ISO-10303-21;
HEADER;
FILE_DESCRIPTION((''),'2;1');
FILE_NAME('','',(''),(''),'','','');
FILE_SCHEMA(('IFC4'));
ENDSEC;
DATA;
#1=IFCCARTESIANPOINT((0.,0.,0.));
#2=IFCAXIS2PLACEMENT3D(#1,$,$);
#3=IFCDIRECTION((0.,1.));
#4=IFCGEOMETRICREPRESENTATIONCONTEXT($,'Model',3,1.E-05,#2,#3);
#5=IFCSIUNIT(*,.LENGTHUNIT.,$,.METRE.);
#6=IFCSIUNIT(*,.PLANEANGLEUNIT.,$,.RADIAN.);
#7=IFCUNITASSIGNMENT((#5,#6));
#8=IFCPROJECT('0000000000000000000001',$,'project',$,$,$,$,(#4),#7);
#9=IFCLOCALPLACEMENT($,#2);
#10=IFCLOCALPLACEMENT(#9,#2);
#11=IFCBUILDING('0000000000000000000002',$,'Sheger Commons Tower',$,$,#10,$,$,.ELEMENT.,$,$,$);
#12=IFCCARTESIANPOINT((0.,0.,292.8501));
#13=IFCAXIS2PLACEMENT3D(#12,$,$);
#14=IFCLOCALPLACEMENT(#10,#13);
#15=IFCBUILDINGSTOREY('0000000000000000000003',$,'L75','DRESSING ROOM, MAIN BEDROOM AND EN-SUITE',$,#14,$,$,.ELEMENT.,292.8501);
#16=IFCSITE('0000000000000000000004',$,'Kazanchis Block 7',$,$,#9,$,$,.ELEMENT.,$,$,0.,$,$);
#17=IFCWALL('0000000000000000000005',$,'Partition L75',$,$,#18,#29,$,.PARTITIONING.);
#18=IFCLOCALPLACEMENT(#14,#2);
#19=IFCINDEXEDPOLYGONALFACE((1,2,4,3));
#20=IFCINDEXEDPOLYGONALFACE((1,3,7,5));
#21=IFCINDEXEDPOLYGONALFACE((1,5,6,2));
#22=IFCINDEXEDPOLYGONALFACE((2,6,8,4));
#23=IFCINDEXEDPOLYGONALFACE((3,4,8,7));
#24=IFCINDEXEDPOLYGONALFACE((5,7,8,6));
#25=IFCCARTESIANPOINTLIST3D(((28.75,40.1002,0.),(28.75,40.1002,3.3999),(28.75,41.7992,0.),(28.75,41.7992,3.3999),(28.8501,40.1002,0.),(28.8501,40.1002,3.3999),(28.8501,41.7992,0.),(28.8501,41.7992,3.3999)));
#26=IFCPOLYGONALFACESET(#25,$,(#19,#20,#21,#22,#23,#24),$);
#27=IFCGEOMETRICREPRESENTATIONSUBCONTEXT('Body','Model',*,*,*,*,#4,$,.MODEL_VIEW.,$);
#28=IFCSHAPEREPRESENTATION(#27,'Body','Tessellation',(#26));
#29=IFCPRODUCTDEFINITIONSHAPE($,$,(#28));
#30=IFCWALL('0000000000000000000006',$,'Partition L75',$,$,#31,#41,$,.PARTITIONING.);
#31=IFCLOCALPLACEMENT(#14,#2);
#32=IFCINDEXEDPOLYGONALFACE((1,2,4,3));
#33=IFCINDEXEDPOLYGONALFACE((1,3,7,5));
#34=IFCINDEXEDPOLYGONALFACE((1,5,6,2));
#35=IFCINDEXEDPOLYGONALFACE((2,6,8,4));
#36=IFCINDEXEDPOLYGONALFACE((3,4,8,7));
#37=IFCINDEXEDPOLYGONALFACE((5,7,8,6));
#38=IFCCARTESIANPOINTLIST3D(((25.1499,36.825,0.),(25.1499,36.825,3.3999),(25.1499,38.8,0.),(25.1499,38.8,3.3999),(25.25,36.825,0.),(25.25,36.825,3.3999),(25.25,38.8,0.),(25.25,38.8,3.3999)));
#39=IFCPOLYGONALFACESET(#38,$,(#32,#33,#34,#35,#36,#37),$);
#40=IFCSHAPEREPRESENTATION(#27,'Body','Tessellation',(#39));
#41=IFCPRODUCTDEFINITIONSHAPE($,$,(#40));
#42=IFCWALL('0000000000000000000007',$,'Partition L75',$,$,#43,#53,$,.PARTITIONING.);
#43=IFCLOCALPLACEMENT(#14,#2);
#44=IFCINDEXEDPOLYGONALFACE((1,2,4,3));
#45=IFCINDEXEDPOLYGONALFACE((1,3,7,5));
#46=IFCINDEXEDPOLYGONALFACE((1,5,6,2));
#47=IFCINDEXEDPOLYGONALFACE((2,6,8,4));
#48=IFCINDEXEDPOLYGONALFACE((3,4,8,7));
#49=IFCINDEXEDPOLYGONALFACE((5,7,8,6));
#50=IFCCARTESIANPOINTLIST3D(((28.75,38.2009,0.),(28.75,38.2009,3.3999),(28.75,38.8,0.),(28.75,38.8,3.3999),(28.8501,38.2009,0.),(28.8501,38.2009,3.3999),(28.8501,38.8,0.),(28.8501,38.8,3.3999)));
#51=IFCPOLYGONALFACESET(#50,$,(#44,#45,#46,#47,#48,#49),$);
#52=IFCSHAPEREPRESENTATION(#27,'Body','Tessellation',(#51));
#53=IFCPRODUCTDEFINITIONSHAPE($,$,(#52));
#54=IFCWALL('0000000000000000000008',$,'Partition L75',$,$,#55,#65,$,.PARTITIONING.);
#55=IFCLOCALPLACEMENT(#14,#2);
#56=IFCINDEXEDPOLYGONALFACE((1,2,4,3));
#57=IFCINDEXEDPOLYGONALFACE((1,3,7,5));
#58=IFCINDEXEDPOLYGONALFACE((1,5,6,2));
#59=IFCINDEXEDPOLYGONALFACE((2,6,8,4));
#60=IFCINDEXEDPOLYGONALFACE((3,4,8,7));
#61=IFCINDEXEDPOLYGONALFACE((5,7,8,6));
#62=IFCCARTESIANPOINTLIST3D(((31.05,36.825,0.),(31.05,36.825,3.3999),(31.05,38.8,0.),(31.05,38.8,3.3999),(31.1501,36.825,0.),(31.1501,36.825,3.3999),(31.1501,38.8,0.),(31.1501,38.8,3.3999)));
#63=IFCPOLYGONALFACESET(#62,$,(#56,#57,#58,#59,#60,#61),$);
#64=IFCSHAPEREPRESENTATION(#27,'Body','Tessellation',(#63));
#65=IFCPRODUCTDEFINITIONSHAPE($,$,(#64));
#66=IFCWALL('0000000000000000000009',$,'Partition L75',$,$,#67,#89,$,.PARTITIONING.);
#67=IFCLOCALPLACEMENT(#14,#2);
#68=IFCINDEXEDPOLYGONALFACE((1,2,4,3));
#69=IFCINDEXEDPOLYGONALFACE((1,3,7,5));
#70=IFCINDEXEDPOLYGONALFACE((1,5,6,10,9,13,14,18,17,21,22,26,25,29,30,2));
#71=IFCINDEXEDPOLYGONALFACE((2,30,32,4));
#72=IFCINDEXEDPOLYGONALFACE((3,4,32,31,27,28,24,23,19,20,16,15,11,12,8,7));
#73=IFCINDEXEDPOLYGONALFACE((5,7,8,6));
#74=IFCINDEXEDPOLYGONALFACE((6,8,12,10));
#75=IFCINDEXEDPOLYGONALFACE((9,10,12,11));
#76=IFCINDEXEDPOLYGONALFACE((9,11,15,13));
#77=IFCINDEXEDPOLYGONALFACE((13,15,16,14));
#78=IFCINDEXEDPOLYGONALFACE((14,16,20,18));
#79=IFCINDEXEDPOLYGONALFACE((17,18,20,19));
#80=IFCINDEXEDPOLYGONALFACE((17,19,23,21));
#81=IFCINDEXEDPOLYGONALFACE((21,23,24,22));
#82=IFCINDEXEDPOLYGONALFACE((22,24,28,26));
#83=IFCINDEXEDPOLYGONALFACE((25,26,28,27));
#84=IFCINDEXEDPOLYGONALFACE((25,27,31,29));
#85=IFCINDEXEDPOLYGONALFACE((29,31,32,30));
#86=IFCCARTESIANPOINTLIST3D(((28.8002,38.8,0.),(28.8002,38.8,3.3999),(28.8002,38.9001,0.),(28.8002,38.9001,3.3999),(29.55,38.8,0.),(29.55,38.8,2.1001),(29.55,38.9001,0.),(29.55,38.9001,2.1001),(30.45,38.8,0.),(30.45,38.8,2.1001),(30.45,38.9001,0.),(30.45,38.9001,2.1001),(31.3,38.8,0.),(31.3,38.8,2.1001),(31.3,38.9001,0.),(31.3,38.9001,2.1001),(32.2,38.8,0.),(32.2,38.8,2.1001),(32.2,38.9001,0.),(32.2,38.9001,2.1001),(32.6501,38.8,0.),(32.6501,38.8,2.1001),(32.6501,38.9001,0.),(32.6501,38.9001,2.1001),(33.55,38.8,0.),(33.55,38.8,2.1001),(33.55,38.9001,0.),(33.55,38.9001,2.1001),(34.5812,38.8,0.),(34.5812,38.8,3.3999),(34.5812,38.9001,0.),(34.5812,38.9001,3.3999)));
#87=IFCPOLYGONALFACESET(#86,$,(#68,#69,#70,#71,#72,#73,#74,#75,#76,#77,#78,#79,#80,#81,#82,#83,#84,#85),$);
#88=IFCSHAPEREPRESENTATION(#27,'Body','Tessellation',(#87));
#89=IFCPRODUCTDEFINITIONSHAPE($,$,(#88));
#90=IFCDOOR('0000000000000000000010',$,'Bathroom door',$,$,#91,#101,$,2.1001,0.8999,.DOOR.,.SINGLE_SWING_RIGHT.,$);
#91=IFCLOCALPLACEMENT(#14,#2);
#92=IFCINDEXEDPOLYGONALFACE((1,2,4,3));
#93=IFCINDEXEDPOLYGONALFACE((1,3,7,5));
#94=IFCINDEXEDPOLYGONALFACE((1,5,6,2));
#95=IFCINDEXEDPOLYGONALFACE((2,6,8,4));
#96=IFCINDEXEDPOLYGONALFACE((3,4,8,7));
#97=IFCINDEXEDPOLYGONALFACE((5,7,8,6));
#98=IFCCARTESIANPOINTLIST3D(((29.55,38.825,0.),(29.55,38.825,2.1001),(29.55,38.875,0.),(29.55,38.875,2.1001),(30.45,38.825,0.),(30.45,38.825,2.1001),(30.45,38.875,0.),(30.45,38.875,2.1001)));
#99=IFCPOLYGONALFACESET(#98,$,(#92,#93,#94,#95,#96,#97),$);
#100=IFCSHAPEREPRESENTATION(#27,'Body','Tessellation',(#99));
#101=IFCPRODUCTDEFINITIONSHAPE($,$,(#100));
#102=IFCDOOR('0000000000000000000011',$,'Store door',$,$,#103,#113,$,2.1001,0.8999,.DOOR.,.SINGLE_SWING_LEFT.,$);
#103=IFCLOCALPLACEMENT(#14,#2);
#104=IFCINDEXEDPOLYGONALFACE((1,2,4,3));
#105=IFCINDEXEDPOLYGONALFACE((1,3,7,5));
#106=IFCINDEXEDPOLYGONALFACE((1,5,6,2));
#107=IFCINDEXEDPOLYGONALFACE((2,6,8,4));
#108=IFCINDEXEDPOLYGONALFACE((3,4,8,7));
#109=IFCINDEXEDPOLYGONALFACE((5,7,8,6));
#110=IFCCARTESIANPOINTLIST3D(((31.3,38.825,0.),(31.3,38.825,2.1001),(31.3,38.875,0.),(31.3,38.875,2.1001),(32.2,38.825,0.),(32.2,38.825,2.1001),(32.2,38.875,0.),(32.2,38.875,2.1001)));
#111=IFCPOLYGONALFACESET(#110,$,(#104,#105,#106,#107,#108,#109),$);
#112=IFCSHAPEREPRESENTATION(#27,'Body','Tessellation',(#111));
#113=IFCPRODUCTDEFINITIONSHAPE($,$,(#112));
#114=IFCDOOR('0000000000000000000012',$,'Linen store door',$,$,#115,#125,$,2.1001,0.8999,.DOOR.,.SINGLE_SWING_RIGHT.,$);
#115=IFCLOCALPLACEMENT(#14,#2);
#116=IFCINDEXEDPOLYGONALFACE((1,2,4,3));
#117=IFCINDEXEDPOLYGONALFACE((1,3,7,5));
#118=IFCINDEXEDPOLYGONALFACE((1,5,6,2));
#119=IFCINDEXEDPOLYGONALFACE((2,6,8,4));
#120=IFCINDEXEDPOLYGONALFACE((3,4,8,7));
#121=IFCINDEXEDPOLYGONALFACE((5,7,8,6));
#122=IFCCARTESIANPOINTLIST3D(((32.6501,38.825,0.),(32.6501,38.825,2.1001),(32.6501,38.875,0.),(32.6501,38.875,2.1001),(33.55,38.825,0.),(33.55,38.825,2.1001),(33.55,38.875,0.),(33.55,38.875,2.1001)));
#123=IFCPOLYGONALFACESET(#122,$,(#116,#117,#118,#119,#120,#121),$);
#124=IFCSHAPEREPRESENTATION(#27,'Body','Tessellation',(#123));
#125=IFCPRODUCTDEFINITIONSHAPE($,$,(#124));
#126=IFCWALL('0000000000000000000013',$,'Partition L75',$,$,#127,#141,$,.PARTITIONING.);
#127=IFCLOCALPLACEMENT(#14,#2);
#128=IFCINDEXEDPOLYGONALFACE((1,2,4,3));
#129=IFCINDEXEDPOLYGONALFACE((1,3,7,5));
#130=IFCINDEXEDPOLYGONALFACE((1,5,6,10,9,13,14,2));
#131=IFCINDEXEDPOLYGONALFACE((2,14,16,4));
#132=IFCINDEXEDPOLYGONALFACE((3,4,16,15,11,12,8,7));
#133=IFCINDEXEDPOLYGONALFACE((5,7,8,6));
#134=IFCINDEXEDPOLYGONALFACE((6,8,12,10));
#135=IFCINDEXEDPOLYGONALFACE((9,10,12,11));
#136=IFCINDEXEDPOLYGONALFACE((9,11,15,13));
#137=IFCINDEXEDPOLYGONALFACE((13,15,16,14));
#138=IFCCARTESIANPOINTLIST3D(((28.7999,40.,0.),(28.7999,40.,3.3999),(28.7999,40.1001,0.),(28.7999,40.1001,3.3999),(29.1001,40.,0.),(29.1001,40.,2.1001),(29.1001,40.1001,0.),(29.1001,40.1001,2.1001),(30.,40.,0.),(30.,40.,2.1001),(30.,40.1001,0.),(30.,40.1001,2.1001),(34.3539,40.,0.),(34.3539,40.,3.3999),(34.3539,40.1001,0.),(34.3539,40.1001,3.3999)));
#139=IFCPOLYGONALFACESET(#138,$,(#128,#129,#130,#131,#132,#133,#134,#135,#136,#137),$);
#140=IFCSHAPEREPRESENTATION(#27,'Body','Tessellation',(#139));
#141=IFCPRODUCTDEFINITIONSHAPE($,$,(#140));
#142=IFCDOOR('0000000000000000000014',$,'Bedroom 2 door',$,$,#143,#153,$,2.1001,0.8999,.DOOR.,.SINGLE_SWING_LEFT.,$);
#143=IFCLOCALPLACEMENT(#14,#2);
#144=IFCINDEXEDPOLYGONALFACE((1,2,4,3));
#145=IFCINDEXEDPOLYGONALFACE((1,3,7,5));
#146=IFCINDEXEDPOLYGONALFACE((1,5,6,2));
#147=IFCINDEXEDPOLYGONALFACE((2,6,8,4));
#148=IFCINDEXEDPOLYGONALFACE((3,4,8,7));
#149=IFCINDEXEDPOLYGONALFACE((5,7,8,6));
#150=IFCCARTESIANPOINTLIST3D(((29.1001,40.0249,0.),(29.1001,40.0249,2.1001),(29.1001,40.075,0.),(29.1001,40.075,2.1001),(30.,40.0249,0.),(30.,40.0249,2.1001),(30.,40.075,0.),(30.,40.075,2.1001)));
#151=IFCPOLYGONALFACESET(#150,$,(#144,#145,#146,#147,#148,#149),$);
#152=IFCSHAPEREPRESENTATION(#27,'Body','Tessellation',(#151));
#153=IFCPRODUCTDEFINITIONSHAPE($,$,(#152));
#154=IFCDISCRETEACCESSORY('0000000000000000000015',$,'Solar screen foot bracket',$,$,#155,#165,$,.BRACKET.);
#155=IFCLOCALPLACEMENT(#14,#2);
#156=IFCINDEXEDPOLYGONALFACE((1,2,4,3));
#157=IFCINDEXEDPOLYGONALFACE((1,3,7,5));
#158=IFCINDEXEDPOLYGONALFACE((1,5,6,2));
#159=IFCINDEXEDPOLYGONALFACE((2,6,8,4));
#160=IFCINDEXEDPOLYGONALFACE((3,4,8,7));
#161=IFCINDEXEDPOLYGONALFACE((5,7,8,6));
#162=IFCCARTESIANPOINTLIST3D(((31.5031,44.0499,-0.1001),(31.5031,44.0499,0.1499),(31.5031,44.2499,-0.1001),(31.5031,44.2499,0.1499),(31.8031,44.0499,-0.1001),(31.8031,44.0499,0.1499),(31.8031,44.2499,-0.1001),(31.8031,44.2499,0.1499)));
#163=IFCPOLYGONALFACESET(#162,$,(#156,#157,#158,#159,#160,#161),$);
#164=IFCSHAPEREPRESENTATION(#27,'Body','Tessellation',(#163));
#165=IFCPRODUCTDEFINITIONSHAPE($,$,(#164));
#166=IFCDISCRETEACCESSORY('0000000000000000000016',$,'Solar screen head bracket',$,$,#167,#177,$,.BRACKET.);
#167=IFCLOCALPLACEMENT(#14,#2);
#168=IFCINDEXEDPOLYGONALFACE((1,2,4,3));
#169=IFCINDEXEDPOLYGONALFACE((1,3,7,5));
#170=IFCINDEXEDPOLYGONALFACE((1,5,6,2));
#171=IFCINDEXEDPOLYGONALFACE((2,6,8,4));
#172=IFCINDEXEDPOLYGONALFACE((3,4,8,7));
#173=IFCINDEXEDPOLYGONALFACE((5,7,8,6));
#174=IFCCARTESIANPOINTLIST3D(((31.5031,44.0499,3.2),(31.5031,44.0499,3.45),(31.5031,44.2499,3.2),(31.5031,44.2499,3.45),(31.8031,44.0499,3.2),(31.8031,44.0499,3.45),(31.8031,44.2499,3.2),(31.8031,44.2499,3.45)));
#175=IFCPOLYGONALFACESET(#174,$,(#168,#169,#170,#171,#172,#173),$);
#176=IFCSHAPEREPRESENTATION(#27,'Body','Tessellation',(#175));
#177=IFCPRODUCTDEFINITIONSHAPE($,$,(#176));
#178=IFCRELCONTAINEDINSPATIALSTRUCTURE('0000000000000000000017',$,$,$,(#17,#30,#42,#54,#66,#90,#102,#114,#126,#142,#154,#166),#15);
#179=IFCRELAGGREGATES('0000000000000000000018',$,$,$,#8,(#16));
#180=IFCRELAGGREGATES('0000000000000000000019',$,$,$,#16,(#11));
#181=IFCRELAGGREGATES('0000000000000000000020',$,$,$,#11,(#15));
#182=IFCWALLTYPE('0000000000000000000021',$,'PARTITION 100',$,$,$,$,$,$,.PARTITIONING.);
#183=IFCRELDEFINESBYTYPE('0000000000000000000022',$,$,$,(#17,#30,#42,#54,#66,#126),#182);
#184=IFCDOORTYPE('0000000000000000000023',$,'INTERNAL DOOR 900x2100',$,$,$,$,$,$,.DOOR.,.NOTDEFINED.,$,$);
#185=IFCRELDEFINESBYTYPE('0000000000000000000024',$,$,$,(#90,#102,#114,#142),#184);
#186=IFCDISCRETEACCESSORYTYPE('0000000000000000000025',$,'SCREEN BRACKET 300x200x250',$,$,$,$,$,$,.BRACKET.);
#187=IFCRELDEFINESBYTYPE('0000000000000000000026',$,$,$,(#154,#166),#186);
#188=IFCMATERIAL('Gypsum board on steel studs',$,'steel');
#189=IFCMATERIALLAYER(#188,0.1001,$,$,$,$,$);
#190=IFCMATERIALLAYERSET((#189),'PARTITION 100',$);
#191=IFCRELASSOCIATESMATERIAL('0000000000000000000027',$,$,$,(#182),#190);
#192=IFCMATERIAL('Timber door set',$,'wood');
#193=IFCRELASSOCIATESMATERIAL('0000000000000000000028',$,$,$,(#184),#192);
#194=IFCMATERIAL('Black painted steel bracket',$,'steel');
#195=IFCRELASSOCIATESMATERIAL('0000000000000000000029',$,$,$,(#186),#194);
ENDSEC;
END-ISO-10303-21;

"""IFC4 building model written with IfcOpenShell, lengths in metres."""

from ifc_helpers import new_model, si_unit, direction, frame, frame_2d, origin, origin_2d, place, context, subcontext, project, spatial, rectangle, extrude, material, layer, layer_set, type_object, element, fill, save


model = new_model("IFC4")

# Units and contexts
model_context = context("Model", 3, precision=1e-05, world=origin(), true_north=direction((0.0, 1.0)))
body_context = subcontext(model_context, "Body", "Model", "MODEL_VIEW")
ifc_project = project(units=[si_unit("LENGTHUNIT", "METRE"), si_unit("PLANEANGLEUNIT", "RADIAN")], contexts=[model_context])

# Site, building, storey
site_placement = place(None, origin())
site = spatial("IfcSite", under=ifc_project, at=site_placement, Name="Kazanchis Block 7", CompositionType="ELEMENT", RefElevation=0.0)
building_placement = place(site_placement, origin())
building = spatial("IfcBuilding", under=site, at=building_placement, Name="Sheger Commons Tower", CompositionType="ELEMENT")
storey_placement = place(building_placement, frame((0.0, 0.0, 292.8501)))
storey = spatial("IfcBuildingStorey", under=building, at=storey_placement, Name="L75", Description="DRESSING ROOM, MAIN BEDROOM AND EN-SUITE", CompositionType="ELEMENT", Elevation=292.8501)

# Shared definitions
ifc_material_1 = material(Name="Gypsum board on steel studs", Category="steel")
ifc_layer_1 = layer(ifc_material_1, 0.1001)
ifc_layer_set_1 = layer_set([ifc_layer_1], Name="PARTITION 100")
wall_type_1 = type_object("IfcWallType", Name="PARTITION 100", PredefinedType="PARTITIONING", material=ifc_layer_set_1)
ifc_material_2 = material(Name="Timber door set", Category="wood")
door_type_1 = type_object("IfcDoorType", Name="INTERNAL DOOR 900x2100", OperationType="NOTDEFINED", PredefinedType="DOOR", material=ifc_material_2)

# Walls
wall_1_placement = place(storey_placement, frame((28.8, 40.1001, 0.0), z_axis=(0.0, 0.0, 1.0), x_axis=(0.0, 1.0, 0.0)))
element("IfcWall", 1, at=wall_1_placement, inside=storey, type_object=wall_type_1, Name="Partition L75", PredefinedType="PARTITIONING", context=body_context, shape_type="SweptSolid", body=[
    extrude(rectangle(XDim=1.699, YDim=0.1001, at=frame_2d((0.8496, 0.0))), origin(), (0.0, 0.0, 1.0), 3.3999),
])
wall_2_placement = place(storey_placement, frame((25.2, 36.825, 0.0), z_axis=(0.0, 0.0, 1.0), x_axis=(0.0, 1.0, 0.0)))
element("IfcWall", 2, at=wall_2_placement, inside=storey, type_object=wall_type_1, Name="Partition L75", PredefinedType="PARTITIONING", context=body_context, shape_type="SweptSolid", body=[
    extrude(rectangle(XDim=1.9751, YDim=0.1001, at=frame_2d((0.9875, 0.0))), origin(), (0.0, 0.0, 1.0), 3.3999),
])
wall_3_placement = place(storey_placement, frame((28.8, 38.2009, 0.0), z_axis=(0.0, 0.0, 1.0), x_axis=(0.0, 1.0, 0.0)))
element("IfcWall", 3, at=wall_3_placement, inside=storey, type_object=wall_type_1, Name="Partition L75", PredefinedType="PARTITIONING", context=body_context, shape_type="SweptSolid", body=[
    extrude(rectangle(XDim=0.5991, YDim=0.1001, at=frame_2d((0.2996, 0.0))), origin(), (0.0, 0.0, 1.0), 3.3999),
])
wall_4_placement = place(storey_placement, frame((31.1001, 36.825, 0.0), z_axis=(0.0, 0.0, 1.0), x_axis=(0.0, 1.0, 0.0)))
element("IfcWall", 4, at=wall_4_placement, inside=storey, type_object=wall_type_1, Name="Partition L75", PredefinedType="PARTITIONING", context=body_context, shape_type="SweptSolid", body=[
    extrude(rectangle(XDim=1.9751, YDim=0.1001, at=frame_2d((0.9875, 0.0))), origin(), (0.0, 0.0, 1.0), 3.3999),
])

# Wall, openings, doors
wall_5_placement = place(storey_placement, frame((28.8, 38.8501, 0.0), z_axis=(0.0, 0.0, 1.0), x_axis=(1.0, 0.0, 0.0)))
wall_5 = element("IfcWall", 5, at=wall_5_placement, inside=storey, type_object=wall_type_1, Name="Partition L75", PredefinedType="PARTITIONING", context=body_context, shape_type="SweptSolid", body=[
    extrude(rectangle(XDim=5.781, YDim=0.1001, at=frame_2d((2.8906, 0.0))), origin(), (0.0, 0.0, 1.0), 3.3999),
])
opening_1_placement = place(wall_5_placement, frame((0.75, 0.0, 0.0)))
opening_1 = element("IfcOpeningElement", 6, at=opening_1_placement, cuts=wall_5, PredefinedType="OPENING", context=body_context, shape_type="SweptSolid", body=[
    extrude(rectangle(XDim=0.8999, YDim=2.1001, at=frame_2d((0.45, 1.05))), frame((0.0, 0.0601, 0.0), z_axis=(0.0, -1.0, 0.0), x_axis=(1.0, 0.0, 0.0)), (0.0, 0.0, 1.0), 0.1201),
])
opening_2_placement = place(wall_5_placement, frame((2.5, 0.0, 0.0)))
opening_2 = element("IfcOpeningElement", 7, at=opening_2_placement, cuts=wall_5, PredefinedType="OPENING", context=body_context, shape_type="SweptSolid", body=[
    extrude(rectangle(XDim=0.8999, YDim=2.1001, at=frame_2d((0.45, 1.05))), frame((0.0, 0.0601, 0.0), z_axis=(0.0, -1.0, 0.0), x_axis=(1.0, 0.0, 0.0)), (0.0, 0.0, 1.0), 0.1201),
])
opening_3_placement = place(wall_5_placement, frame((3.8501, 0.0, 0.0)))
opening_3 = element("IfcOpeningElement", 8, at=opening_3_placement, cuts=wall_5, PredefinedType="OPENING", context=body_context, shape_type="SweptSolid", body=[
    extrude(rectangle(XDim=0.8999, YDim=2.1001, at=frame_2d((0.45, 1.05))), frame((0.0, 0.0601, 0.0), z_axis=(0.0, -1.0, 0.0), x_axis=(1.0, 0.0, 0.0)), (0.0, 0.0, 1.0), 0.1201),
])
door_1_placement = place(opening_1_placement, origin())
door_1 = element("IfcDoor", 9, at=door_1_placement, inside=storey, type_object=door_type_1, Name="Bathroom door", OperationType="SINGLE_SWING_RIGHT", OverallHeight=2.1001, OverallWidth=0.8999, PredefinedType="DOOR", context=body_context, shape_type="SweptSolid", body=[
    extrude(rectangle(XDim=0.8999, YDim=2.1001, at=frame_2d((0.45, 1.05))), frame((0.0, 0.0249, 0.0), z_axis=(0.0, -1.0, 0.0), x_axis=(1.0, 0.0, 0.0)), (0.0, 0.0, 1.0), 0.05),
])
fill(opening_1, door_1)
door_2_placement = place(opening_2_placement, origin())
door_2 = element("IfcDoor", 10, at=door_2_placement, inside=storey, type_object=door_type_1, Name="Store door", OperationType="SINGLE_SWING_LEFT", OverallHeight=2.1001, OverallWidth=0.8999, PredefinedType="DOOR", context=body_context, shape_type="SweptSolid", body=[
    extrude(rectangle(XDim=0.8999, YDim=2.1001, at=frame_2d((0.45, 1.05))), frame((0.0, 0.0249, 0.0), z_axis=(0.0, -1.0, 0.0), x_axis=(1.0, 0.0, 0.0)), (0.0, 0.0, 1.0), 0.05),
])
fill(opening_2, door_2)
door_3_placement = place(opening_3_placement, origin())
door_3 = element("IfcDoor", 11, at=door_3_placement, inside=storey, type_object=door_type_1, Name="Linen store door", OperationType="SINGLE_SWING_RIGHT", OverallHeight=2.1001, OverallWidth=0.8999, PredefinedType="DOOR", context=body_context, shape_type="SweptSolid", body=[
    extrude(rectangle(XDim=0.8999, YDim=2.1001, at=frame_2d((0.45, 1.05))), frame((0.0, 0.0249, 0.0), z_axis=(0.0, -1.0, 0.0), x_axis=(1.0, 0.0, 0.0)), (0.0, 0.0, 1.0), 0.05),
])
fill(opening_3, door_3)

# Wall, opening, door
wall_6_placement = place(storey_placement, frame((28.8, 40.05, 0.0), z_axis=(0.0, 0.0, 1.0), x_axis=(1.0, 0.0, 0.0)))
wall_6 = element("IfcWall", 12, at=wall_6_placement, inside=storey, type_object=wall_type_1, Name="Partition L75", PredefinedType="PARTITIONING", context=body_context, shape_type="SweptSolid", body=[
    extrude(rectangle(XDim=5.554, YDim=0.1001, at=frame_2d((2.7769, 0.0))), origin(), (0.0, 0.0, 1.0), 3.3999),
])
opening_4_placement = place(wall_6_placement, frame((0.3, 0.0, 0.0)))
opening_4 = element("IfcOpeningElement", 13, at=opening_4_placement, cuts=wall_6, PredefinedType="OPENING", context=body_context, shape_type="SweptSolid", body=[
    extrude(rectangle(XDim=0.8999, YDim=2.1001, at=frame_2d((0.45, 1.05))), frame((0.0, 0.0601, 0.0), z_axis=(0.0, -1.0, 0.0), x_axis=(1.0, 0.0, 0.0)), (0.0, 0.0, 1.0), 0.1201),
])
door_4_placement = place(opening_4_placement, origin())
door_4 = element("IfcDoor", 14, at=door_4_placement, inside=storey, type_object=door_type_1, Name="Bedroom 2 door", OperationType="SINGLE_SWING_LEFT", OverallHeight=2.1001, OverallWidth=0.8999, PredefinedType="DOOR", context=body_context, shape_type="SweptSolid", body=[
    extrude(rectangle(XDim=0.8999, YDim=2.1001, at=frame_2d((0.45, 1.05))), frame((0.0, 0.0249, 0.0), z_axis=(0.0, -1.0, 0.0), x_axis=(1.0, 0.0, 0.0)), (0.0, 0.0, 1.0), 0.05),
])
fill(opening_4, door_4)

# Discrete accessories
ifc_material_3 = material(Name="Black painted steel bracket", Category="steel")
discrete_accessory_type = type_object("IfcDiscreteAccessoryType", Name="SCREEN BRACKET 300x200x250", PredefinedType="BRACKET", material=ifc_material_3)
for number, where, z_axis, x_axis, name in (
    (15, (31.6531, 44.1499, -0.1001), (0.0, 0.0, 1.0), (-1.0, 0.0, 0.0), "Solar screen foot bracket"),
    (16, (31.6531, 44.1499, 3.2), (0.0, 0.0, 1.0), (-1.0, 0.0, 0.0), "Solar screen head bracket"),
):
    element("IfcDiscreteAccessory", number, at=place(storey_placement, frame(where, z_axis=z_axis, x_axis=x_axis)), inside=storey, type_object=discrete_accessory_type, Name=name, PredefinedType="BRACKET", context=body_context, shape_type="SweptSolid", body=[
        extrude(rectangle(XDim=0.3, YDim=0.2, at=origin_2d()), origin(), (0.0, 0.0, 1.0), 0.25),
    ])

save(model, "model.ifc")
